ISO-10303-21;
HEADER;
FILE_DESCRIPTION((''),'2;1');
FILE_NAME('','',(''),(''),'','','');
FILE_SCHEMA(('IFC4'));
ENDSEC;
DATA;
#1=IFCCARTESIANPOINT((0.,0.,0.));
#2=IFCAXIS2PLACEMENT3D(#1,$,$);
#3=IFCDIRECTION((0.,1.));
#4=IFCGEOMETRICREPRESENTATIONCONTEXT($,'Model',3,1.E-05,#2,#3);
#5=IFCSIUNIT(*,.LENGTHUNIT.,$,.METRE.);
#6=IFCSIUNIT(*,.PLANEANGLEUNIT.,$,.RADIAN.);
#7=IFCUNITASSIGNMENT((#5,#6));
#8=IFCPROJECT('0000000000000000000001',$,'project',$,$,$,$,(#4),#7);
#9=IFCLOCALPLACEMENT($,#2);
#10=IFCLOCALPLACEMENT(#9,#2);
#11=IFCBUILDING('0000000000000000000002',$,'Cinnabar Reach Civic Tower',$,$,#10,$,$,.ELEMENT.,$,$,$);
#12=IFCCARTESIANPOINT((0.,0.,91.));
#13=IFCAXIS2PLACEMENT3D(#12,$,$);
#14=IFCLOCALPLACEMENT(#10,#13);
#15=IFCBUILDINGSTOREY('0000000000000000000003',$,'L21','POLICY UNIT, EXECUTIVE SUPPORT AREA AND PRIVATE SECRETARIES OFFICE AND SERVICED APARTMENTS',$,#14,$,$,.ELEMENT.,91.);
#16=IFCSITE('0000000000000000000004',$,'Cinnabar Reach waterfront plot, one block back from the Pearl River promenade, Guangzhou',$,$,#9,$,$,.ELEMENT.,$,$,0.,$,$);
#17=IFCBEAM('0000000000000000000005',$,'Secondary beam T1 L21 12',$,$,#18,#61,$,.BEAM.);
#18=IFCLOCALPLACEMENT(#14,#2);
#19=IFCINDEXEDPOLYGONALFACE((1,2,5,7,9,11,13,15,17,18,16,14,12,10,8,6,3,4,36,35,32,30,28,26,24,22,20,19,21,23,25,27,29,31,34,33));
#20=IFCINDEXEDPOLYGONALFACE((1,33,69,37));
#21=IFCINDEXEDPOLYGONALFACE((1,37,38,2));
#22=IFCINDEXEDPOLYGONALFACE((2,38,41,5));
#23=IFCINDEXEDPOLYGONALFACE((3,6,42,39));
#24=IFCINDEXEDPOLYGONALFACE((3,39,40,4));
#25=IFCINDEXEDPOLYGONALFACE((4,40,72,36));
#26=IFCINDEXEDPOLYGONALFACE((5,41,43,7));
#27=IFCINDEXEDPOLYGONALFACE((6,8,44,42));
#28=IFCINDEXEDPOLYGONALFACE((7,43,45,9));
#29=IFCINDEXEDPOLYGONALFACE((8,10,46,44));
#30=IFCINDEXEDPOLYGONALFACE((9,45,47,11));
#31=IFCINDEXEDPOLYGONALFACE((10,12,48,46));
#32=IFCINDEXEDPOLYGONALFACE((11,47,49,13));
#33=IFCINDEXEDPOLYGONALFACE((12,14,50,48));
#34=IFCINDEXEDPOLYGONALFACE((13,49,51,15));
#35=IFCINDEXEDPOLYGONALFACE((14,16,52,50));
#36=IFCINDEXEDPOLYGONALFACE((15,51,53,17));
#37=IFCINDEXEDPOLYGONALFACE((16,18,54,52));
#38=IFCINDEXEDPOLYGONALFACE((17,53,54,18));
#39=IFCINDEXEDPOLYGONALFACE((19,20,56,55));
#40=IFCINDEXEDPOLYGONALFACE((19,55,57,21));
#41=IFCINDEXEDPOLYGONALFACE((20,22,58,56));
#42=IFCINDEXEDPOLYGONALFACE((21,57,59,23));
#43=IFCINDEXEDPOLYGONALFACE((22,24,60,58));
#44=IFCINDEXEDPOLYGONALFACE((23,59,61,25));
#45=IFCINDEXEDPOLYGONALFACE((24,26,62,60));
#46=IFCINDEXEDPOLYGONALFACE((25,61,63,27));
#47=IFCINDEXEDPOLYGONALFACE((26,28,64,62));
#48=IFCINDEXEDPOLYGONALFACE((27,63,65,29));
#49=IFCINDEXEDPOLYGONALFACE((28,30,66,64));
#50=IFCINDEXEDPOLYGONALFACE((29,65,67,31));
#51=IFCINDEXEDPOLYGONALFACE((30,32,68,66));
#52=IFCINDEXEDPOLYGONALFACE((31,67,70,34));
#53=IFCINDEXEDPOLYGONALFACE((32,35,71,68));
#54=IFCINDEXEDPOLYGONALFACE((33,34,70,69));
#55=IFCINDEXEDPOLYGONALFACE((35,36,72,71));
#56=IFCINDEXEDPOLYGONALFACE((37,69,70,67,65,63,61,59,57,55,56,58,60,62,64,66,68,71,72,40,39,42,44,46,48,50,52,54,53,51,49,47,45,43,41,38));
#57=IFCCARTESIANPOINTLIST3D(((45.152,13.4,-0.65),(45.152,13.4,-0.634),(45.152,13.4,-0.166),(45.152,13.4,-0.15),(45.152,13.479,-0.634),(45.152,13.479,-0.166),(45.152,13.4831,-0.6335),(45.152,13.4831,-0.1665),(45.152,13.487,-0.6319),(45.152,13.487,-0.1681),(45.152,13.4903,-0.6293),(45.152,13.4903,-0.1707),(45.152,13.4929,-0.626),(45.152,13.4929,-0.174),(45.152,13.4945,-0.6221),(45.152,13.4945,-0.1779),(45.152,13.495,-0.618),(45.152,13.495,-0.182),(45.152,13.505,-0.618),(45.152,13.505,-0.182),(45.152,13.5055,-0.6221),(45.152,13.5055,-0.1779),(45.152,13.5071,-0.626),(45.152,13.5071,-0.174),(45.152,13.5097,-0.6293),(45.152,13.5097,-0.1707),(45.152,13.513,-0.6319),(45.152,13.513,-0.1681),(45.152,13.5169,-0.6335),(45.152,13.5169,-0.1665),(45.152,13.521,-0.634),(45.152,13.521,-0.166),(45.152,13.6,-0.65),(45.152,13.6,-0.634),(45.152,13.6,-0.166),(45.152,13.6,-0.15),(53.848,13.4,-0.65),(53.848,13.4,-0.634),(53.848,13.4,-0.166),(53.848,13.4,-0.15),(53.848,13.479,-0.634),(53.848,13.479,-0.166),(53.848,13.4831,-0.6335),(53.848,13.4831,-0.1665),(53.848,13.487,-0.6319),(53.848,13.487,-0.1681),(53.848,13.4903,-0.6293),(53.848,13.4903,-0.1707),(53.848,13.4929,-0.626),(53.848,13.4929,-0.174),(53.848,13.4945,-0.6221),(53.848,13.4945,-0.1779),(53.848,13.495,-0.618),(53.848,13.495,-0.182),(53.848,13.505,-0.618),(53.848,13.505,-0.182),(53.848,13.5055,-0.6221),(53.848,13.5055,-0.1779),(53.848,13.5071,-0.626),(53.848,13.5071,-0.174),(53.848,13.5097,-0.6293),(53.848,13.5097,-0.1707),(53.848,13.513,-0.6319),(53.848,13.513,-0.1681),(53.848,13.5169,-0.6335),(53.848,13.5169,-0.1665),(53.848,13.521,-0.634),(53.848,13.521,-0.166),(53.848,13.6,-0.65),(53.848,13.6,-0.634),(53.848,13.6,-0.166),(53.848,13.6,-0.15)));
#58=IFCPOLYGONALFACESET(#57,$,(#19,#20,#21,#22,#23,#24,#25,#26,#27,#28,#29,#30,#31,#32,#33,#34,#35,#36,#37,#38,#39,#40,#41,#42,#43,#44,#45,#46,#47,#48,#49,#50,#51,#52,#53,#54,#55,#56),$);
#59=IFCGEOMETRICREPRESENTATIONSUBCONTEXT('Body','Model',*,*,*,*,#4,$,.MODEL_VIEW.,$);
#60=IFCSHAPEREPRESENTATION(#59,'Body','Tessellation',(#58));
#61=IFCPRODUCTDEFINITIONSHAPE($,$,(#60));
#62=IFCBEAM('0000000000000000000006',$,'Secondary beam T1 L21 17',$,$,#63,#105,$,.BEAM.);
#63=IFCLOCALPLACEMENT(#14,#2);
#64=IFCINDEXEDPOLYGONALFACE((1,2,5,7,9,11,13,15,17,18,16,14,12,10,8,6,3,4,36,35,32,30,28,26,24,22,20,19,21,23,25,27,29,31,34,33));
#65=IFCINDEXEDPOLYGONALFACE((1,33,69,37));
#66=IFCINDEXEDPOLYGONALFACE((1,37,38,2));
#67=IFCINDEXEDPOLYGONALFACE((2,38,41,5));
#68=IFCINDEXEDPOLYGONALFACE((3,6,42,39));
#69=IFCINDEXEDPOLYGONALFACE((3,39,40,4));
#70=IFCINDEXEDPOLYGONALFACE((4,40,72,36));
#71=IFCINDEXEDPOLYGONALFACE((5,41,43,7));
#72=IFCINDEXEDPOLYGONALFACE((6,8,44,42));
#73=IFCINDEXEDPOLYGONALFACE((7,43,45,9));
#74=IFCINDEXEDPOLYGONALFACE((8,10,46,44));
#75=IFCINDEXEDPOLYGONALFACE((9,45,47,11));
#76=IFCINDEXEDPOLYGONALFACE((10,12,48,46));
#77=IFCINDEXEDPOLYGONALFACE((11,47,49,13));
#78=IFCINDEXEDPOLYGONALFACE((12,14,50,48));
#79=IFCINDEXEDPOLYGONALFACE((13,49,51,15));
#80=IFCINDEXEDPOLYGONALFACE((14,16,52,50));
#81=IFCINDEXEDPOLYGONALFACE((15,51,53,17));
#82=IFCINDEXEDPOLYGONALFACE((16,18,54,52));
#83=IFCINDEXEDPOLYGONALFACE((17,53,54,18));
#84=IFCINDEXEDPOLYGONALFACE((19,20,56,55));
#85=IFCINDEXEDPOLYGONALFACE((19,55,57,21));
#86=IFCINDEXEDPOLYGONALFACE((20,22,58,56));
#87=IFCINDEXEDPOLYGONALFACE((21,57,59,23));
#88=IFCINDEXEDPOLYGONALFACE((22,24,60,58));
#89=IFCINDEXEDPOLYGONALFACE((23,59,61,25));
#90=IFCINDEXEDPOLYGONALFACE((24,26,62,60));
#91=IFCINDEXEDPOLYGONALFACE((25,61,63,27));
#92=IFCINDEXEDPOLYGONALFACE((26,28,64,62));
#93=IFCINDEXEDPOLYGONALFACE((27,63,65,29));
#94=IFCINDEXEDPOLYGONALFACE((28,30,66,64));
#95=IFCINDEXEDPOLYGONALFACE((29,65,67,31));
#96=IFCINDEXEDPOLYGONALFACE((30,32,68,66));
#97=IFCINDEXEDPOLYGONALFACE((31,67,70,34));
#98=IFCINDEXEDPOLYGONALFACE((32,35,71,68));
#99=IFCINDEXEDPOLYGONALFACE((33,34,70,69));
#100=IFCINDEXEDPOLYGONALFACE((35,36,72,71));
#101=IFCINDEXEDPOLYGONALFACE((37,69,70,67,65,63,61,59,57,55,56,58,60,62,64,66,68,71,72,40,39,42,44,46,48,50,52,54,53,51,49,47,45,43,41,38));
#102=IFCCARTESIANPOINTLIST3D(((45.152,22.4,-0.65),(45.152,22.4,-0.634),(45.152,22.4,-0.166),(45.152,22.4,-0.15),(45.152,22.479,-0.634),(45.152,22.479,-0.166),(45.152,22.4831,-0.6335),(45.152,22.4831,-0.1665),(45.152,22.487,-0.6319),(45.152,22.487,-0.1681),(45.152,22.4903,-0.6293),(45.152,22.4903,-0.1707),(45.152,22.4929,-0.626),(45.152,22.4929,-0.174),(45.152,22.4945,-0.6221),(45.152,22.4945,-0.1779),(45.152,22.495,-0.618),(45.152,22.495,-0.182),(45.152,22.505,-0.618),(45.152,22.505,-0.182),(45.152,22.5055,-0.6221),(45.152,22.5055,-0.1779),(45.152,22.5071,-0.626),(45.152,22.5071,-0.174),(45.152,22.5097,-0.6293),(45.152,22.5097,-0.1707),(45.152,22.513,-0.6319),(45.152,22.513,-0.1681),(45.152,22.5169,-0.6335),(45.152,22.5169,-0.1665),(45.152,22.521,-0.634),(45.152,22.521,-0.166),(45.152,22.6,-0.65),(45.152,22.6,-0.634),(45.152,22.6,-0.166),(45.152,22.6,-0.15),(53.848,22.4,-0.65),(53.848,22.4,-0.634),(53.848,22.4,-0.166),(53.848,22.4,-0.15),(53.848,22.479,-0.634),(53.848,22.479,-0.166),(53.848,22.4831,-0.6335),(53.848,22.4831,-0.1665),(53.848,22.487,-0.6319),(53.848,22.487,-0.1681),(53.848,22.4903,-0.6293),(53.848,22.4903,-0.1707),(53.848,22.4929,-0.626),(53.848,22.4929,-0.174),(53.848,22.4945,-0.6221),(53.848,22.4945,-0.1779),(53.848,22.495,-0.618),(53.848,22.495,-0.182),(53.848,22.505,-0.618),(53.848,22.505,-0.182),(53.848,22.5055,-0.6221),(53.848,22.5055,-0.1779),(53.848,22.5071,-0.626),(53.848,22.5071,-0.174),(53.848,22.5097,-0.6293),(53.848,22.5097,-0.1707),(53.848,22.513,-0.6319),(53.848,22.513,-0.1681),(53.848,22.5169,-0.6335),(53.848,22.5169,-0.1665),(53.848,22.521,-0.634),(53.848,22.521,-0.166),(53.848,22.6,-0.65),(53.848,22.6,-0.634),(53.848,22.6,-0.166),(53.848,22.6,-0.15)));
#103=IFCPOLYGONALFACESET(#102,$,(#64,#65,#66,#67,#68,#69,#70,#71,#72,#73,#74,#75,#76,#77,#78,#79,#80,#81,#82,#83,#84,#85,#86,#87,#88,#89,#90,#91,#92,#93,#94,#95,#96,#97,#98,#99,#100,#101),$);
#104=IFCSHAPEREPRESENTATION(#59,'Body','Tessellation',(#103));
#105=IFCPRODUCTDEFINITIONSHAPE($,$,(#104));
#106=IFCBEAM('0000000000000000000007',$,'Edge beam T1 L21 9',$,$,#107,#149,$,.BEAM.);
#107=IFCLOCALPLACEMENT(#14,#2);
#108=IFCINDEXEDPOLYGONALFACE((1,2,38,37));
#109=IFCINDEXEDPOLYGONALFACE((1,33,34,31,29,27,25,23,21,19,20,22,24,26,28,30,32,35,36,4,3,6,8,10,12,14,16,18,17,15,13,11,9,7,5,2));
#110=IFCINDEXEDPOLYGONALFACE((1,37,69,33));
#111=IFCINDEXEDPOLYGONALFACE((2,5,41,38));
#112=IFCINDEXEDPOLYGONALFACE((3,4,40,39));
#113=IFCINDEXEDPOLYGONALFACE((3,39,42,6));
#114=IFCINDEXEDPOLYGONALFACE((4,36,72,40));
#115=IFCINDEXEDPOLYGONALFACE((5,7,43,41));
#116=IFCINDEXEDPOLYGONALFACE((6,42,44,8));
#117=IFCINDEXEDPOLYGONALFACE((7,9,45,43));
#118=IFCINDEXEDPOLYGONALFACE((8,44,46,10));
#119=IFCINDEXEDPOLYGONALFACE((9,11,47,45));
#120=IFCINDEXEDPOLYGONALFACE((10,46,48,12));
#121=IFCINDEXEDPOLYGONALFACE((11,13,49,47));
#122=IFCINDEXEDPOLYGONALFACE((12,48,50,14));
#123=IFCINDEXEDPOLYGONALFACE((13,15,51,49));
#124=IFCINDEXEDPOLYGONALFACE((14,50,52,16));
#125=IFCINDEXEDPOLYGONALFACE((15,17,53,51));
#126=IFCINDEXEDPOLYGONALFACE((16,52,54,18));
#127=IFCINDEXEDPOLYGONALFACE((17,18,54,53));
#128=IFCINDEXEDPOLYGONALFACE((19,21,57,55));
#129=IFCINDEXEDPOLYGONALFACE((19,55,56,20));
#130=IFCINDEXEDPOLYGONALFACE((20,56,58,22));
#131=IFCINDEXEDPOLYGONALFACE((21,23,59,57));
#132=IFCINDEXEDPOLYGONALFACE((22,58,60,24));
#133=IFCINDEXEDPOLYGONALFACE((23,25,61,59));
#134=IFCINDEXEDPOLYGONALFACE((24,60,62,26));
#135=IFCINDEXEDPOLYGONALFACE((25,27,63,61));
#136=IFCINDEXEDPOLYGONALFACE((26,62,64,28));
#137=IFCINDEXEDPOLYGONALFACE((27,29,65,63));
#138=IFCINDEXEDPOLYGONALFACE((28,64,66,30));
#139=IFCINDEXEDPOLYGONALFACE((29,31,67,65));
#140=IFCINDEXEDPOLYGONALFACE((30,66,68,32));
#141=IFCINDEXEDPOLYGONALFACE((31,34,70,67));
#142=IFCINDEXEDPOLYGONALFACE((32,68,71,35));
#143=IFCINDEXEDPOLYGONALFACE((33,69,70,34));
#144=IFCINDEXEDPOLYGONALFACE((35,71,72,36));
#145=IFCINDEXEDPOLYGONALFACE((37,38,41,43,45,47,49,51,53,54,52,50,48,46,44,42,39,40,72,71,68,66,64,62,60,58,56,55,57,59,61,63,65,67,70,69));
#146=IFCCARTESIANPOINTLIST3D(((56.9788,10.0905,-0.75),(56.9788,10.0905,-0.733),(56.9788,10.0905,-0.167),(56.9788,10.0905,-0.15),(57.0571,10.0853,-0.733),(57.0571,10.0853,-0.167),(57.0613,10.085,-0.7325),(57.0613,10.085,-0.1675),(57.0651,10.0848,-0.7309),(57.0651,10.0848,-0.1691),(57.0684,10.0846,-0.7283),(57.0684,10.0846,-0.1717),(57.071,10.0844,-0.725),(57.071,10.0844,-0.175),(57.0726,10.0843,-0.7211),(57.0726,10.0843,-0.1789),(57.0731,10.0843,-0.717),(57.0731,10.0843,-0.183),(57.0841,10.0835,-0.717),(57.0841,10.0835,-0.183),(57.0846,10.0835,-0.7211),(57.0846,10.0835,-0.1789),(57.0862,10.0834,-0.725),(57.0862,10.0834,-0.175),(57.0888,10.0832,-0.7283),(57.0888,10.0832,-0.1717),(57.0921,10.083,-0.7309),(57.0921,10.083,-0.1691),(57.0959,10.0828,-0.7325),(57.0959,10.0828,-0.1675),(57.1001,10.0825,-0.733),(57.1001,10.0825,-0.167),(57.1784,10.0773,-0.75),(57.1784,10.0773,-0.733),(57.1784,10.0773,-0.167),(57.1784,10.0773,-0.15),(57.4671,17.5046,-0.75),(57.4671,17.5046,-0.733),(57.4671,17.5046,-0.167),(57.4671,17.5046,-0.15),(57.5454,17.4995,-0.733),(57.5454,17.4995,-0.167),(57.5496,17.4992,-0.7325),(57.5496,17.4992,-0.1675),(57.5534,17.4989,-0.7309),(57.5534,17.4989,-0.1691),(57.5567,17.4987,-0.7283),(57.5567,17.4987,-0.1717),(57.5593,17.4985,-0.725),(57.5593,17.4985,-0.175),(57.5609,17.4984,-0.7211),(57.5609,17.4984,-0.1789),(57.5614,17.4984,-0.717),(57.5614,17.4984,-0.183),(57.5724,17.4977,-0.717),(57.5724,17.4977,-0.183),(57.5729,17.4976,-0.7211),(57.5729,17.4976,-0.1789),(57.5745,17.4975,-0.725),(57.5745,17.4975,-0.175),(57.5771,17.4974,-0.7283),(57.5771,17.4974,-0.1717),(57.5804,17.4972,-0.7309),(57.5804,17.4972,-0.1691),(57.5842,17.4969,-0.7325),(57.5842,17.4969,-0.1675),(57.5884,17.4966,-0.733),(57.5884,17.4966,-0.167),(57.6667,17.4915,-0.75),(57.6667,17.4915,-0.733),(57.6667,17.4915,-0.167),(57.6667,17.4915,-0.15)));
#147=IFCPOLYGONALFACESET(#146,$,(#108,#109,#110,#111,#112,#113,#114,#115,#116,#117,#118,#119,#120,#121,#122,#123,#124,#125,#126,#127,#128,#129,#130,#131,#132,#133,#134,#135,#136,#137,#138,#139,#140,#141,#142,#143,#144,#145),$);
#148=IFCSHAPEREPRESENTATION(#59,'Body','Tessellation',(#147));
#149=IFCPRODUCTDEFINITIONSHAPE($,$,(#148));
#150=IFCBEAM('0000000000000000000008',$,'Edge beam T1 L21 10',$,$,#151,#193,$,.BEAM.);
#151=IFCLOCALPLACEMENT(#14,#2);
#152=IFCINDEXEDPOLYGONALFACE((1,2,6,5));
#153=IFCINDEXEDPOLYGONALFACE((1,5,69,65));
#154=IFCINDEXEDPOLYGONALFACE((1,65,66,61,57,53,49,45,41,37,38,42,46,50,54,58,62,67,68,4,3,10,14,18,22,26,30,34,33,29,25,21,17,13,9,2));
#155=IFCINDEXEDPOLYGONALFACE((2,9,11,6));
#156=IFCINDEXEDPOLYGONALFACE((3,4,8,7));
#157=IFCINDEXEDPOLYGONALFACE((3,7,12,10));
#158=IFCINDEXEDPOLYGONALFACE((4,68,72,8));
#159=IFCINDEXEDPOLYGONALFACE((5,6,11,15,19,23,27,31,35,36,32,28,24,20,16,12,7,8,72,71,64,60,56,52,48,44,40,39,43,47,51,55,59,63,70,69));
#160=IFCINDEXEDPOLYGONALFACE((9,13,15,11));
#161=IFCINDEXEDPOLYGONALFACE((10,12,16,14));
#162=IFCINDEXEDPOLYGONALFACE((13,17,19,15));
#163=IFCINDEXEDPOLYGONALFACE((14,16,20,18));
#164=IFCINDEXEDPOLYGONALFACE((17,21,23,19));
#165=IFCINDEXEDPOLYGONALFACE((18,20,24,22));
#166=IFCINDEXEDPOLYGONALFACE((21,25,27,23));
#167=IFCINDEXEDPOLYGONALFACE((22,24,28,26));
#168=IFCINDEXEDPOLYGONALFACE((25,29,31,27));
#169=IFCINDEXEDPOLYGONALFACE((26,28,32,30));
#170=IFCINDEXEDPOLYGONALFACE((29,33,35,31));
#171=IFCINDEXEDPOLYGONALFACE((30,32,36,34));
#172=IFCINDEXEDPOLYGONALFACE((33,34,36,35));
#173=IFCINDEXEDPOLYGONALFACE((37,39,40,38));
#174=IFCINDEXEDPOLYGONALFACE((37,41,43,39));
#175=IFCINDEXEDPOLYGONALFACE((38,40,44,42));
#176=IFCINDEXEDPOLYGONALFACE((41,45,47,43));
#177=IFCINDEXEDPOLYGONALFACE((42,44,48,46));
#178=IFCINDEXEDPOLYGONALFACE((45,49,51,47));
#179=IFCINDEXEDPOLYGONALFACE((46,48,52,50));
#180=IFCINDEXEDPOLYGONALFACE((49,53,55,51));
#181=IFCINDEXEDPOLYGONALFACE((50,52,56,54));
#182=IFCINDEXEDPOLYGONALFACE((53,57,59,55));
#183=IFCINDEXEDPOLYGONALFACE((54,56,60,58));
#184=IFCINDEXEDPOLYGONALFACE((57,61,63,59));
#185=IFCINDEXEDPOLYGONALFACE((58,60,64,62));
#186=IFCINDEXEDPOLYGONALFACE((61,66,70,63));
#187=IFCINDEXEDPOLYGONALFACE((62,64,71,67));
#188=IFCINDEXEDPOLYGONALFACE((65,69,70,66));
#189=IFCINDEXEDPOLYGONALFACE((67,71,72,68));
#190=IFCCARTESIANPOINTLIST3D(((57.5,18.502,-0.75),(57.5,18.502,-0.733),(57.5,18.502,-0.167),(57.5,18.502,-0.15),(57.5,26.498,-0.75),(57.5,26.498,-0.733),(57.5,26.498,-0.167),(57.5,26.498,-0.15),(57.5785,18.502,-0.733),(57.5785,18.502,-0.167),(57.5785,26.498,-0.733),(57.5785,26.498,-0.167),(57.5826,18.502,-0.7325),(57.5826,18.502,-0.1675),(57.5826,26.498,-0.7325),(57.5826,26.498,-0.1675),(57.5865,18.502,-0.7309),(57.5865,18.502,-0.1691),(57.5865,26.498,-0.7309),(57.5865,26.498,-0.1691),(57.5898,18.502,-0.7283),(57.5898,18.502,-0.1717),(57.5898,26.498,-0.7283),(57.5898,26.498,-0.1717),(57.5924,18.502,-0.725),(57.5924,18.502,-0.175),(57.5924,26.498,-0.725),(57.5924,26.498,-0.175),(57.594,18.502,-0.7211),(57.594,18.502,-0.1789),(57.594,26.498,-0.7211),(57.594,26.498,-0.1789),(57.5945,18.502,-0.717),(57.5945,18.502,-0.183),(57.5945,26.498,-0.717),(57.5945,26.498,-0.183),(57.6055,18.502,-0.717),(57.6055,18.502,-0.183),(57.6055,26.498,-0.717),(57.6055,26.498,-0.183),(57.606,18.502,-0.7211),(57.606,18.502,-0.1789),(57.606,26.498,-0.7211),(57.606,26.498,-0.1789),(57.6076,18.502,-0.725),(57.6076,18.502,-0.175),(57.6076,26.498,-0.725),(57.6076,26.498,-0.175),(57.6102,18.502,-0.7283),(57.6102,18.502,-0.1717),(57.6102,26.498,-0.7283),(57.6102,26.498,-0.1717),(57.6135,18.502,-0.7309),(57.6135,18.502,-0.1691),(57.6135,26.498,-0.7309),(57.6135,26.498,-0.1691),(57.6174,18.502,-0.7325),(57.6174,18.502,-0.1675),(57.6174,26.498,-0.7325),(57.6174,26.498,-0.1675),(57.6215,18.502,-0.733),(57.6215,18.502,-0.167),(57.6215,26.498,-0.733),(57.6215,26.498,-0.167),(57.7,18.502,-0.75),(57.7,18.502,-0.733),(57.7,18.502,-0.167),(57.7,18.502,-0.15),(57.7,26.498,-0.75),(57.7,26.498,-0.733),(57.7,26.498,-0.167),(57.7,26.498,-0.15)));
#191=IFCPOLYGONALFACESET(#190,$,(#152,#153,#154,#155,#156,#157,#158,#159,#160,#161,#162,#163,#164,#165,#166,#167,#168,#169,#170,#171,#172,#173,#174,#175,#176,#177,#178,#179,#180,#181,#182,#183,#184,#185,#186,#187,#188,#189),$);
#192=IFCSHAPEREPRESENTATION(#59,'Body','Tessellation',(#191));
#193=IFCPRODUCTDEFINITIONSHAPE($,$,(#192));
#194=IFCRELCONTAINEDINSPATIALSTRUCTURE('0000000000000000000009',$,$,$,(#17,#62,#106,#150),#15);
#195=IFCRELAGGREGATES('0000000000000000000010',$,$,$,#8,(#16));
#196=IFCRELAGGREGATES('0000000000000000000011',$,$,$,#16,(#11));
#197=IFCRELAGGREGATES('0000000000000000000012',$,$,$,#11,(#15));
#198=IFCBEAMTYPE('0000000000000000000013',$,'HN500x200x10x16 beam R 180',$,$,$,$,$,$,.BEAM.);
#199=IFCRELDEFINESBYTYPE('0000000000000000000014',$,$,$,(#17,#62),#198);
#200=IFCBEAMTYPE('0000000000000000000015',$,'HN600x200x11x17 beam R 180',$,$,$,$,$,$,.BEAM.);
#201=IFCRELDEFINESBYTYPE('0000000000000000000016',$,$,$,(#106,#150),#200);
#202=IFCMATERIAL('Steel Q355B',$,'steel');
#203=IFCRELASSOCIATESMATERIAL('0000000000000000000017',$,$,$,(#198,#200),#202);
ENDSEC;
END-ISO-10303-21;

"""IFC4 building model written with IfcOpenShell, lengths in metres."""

from ifc_helpers import new_model, si_unit, direction, frame, origin, origin_2d, place, context, subcontext, project, spatial, i_section, extrude, material, material_profile, profile_set, type_object, element, save


model = new_model("IFC4")

# Units and contexts
model_context = context("Model", 3, precision=1e-05, world=origin(), true_north=direction((0.0, 1.0)))
body_context = subcontext(model_context, "Body", "Model", "MODEL_VIEW")
ifc_project = project(units=[si_unit("LENGTHUNIT", "METRE"), si_unit("PLANEANGLEUNIT", "RADIAN")], contexts=[model_context])

# Site, building, storey
site_placement = place(None, origin())
site = spatial("IfcSite", under=ifc_project, at=site_placement, Name="Cinnabar Reach waterfront plot, one block back from the Pearl River promenade, Guangzhou", CompositionType="ELEMENT", RefElevation=0.0)
building_placement = place(site_placement, origin())
building = spatial("IfcBuilding", under=site, at=building_placement, Name="Cinnabar Reach Civic Tower", CompositionType="ELEMENT")
storey_placement = place(building_placement, frame((0.0, 0.0, 91.0)))
storey = spatial("IfcBuildingStorey", under=building, at=storey_placement, Name="L21", Description="POLICY UNIT, EXECUTIVE SUPPORT AREA AND PRIVATE SECRETARIES OFFICE AND SERVICED APARTMENTS", CompositionType="ELEMENT", Elevation=91.0)

# Beams
ifc_material_1 = material(Name="Steel Q355B", Category="steel")
ifc_material_profile_1 = material_profile(ifc_material_1, i_section(OverallWidth=0.2, OverallDepth=0.5, WebThickness=0.01, FlangeThickness=0.016, FilletRadius=0.016, at=origin_2d()), Name="HN500x200x10x16")
ifc_profile_set_1 = profile_set([ifc_material_profile_1], Name="Steel Q355B")
beam_type_1 = type_object("IfcBeamType", Name="HN500x200x10x16 beam R 180", PredefinedType="BEAM", material=ifc_profile_set_1)
for number, where, z_axis, x_axis, name in (
    (1, (45.152, 13.5, -0.4), (1.0, 0.0, 0.0), (0.0, 1.0, 0.0), "Secondary beam T1 L21 12"),
    (2, (45.152, 22.5, -0.4), (1.0, 0.0, 0.0), (0.0, 1.0, 0.0), "Secondary beam T1 L21 17"),
):
    element("IfcBeam", number, at=place(storey_placement, frame(where, z_axis=z_axis, x_axis=x_axis)), inside=storey, type_object=beam_type_1, Name=name, PredefinedType="BEAM", context=body_context, shape_type="SweptSolid", body=[
        extrude(i_section(OverallWidth=0.2, OverallDepth=0.5, WebThickness=0.01, FlangeThickness=0.016, FilletRadius=0.016, at=origin_2d()), origin(), (0.0, 0.0, 1.0), 8.696),
    ])
ifc_material_profile_2 = material_profile(ifc_material_1, i_section(OverallWidth=0.2, OverallDepth=0.6, WebThickness=0.011, FlangeThickness=0.017, FilletRadius=0.016, at=origin_2d()), Name="HN600x200x11x17")
ifc_profile_set_2 = profile_set([ifc_material_profile_2], Name="Steel Q355B")
beam_type_2 = type_object("IfcBeamType", Name="HN600x200x11x17 beam R 180", PredefinedType="BEAM", material=ifc_profile_set_2)
beam_1_placement = place(storey_placement, frame((57.0786, 10.0839, -0.45), z_axis=(0.065719, 0.997838, 0.0), x_axis=(-0.997838, 0.065719, 0.0)))
element("IfcBeam", 3, at=beam_1_placement, inside=storey, type_object=beam_type_2, Name="Edge beam T1 L21 9", PredefinedType="BEAM", context=body_context, shape_type="SweptSolid", body=[
    extrude(i_section(OverallWidth=0.2, OverallDepth=0.6, WebThickness=0.011, FlangeThickness=0.017, FilletRadius=0.016, at=origin_2d()), origin(), (0.0, 0.0, 1.0), 7.4302),
])
beam_2_placement = place(storey_placement, frame((57.6, 18.502, -0.45), z_axis=(0.0, 1.0, 0.0), x_axis=(-1.0, 0.0, 0.0)))
element("IfcBeam", 4, at=beam_2_placement, inside=storey, type_object=beam_type_2, Name="Edge beam T1 L21 10", PredefinedType="BEAM", context=body_context, shape_type="SweptSolid", body=[
    extrude(i_section(OverallWidth=0.2, OverallDepth=0.6, WebThickness=0.011, FlangeThickness=0.017, FilletRadius=0.016, at=origin_2d()), origin(), (0.0, 0.0, 1.0), 7.996),
])

save(model, "model.ifc")
